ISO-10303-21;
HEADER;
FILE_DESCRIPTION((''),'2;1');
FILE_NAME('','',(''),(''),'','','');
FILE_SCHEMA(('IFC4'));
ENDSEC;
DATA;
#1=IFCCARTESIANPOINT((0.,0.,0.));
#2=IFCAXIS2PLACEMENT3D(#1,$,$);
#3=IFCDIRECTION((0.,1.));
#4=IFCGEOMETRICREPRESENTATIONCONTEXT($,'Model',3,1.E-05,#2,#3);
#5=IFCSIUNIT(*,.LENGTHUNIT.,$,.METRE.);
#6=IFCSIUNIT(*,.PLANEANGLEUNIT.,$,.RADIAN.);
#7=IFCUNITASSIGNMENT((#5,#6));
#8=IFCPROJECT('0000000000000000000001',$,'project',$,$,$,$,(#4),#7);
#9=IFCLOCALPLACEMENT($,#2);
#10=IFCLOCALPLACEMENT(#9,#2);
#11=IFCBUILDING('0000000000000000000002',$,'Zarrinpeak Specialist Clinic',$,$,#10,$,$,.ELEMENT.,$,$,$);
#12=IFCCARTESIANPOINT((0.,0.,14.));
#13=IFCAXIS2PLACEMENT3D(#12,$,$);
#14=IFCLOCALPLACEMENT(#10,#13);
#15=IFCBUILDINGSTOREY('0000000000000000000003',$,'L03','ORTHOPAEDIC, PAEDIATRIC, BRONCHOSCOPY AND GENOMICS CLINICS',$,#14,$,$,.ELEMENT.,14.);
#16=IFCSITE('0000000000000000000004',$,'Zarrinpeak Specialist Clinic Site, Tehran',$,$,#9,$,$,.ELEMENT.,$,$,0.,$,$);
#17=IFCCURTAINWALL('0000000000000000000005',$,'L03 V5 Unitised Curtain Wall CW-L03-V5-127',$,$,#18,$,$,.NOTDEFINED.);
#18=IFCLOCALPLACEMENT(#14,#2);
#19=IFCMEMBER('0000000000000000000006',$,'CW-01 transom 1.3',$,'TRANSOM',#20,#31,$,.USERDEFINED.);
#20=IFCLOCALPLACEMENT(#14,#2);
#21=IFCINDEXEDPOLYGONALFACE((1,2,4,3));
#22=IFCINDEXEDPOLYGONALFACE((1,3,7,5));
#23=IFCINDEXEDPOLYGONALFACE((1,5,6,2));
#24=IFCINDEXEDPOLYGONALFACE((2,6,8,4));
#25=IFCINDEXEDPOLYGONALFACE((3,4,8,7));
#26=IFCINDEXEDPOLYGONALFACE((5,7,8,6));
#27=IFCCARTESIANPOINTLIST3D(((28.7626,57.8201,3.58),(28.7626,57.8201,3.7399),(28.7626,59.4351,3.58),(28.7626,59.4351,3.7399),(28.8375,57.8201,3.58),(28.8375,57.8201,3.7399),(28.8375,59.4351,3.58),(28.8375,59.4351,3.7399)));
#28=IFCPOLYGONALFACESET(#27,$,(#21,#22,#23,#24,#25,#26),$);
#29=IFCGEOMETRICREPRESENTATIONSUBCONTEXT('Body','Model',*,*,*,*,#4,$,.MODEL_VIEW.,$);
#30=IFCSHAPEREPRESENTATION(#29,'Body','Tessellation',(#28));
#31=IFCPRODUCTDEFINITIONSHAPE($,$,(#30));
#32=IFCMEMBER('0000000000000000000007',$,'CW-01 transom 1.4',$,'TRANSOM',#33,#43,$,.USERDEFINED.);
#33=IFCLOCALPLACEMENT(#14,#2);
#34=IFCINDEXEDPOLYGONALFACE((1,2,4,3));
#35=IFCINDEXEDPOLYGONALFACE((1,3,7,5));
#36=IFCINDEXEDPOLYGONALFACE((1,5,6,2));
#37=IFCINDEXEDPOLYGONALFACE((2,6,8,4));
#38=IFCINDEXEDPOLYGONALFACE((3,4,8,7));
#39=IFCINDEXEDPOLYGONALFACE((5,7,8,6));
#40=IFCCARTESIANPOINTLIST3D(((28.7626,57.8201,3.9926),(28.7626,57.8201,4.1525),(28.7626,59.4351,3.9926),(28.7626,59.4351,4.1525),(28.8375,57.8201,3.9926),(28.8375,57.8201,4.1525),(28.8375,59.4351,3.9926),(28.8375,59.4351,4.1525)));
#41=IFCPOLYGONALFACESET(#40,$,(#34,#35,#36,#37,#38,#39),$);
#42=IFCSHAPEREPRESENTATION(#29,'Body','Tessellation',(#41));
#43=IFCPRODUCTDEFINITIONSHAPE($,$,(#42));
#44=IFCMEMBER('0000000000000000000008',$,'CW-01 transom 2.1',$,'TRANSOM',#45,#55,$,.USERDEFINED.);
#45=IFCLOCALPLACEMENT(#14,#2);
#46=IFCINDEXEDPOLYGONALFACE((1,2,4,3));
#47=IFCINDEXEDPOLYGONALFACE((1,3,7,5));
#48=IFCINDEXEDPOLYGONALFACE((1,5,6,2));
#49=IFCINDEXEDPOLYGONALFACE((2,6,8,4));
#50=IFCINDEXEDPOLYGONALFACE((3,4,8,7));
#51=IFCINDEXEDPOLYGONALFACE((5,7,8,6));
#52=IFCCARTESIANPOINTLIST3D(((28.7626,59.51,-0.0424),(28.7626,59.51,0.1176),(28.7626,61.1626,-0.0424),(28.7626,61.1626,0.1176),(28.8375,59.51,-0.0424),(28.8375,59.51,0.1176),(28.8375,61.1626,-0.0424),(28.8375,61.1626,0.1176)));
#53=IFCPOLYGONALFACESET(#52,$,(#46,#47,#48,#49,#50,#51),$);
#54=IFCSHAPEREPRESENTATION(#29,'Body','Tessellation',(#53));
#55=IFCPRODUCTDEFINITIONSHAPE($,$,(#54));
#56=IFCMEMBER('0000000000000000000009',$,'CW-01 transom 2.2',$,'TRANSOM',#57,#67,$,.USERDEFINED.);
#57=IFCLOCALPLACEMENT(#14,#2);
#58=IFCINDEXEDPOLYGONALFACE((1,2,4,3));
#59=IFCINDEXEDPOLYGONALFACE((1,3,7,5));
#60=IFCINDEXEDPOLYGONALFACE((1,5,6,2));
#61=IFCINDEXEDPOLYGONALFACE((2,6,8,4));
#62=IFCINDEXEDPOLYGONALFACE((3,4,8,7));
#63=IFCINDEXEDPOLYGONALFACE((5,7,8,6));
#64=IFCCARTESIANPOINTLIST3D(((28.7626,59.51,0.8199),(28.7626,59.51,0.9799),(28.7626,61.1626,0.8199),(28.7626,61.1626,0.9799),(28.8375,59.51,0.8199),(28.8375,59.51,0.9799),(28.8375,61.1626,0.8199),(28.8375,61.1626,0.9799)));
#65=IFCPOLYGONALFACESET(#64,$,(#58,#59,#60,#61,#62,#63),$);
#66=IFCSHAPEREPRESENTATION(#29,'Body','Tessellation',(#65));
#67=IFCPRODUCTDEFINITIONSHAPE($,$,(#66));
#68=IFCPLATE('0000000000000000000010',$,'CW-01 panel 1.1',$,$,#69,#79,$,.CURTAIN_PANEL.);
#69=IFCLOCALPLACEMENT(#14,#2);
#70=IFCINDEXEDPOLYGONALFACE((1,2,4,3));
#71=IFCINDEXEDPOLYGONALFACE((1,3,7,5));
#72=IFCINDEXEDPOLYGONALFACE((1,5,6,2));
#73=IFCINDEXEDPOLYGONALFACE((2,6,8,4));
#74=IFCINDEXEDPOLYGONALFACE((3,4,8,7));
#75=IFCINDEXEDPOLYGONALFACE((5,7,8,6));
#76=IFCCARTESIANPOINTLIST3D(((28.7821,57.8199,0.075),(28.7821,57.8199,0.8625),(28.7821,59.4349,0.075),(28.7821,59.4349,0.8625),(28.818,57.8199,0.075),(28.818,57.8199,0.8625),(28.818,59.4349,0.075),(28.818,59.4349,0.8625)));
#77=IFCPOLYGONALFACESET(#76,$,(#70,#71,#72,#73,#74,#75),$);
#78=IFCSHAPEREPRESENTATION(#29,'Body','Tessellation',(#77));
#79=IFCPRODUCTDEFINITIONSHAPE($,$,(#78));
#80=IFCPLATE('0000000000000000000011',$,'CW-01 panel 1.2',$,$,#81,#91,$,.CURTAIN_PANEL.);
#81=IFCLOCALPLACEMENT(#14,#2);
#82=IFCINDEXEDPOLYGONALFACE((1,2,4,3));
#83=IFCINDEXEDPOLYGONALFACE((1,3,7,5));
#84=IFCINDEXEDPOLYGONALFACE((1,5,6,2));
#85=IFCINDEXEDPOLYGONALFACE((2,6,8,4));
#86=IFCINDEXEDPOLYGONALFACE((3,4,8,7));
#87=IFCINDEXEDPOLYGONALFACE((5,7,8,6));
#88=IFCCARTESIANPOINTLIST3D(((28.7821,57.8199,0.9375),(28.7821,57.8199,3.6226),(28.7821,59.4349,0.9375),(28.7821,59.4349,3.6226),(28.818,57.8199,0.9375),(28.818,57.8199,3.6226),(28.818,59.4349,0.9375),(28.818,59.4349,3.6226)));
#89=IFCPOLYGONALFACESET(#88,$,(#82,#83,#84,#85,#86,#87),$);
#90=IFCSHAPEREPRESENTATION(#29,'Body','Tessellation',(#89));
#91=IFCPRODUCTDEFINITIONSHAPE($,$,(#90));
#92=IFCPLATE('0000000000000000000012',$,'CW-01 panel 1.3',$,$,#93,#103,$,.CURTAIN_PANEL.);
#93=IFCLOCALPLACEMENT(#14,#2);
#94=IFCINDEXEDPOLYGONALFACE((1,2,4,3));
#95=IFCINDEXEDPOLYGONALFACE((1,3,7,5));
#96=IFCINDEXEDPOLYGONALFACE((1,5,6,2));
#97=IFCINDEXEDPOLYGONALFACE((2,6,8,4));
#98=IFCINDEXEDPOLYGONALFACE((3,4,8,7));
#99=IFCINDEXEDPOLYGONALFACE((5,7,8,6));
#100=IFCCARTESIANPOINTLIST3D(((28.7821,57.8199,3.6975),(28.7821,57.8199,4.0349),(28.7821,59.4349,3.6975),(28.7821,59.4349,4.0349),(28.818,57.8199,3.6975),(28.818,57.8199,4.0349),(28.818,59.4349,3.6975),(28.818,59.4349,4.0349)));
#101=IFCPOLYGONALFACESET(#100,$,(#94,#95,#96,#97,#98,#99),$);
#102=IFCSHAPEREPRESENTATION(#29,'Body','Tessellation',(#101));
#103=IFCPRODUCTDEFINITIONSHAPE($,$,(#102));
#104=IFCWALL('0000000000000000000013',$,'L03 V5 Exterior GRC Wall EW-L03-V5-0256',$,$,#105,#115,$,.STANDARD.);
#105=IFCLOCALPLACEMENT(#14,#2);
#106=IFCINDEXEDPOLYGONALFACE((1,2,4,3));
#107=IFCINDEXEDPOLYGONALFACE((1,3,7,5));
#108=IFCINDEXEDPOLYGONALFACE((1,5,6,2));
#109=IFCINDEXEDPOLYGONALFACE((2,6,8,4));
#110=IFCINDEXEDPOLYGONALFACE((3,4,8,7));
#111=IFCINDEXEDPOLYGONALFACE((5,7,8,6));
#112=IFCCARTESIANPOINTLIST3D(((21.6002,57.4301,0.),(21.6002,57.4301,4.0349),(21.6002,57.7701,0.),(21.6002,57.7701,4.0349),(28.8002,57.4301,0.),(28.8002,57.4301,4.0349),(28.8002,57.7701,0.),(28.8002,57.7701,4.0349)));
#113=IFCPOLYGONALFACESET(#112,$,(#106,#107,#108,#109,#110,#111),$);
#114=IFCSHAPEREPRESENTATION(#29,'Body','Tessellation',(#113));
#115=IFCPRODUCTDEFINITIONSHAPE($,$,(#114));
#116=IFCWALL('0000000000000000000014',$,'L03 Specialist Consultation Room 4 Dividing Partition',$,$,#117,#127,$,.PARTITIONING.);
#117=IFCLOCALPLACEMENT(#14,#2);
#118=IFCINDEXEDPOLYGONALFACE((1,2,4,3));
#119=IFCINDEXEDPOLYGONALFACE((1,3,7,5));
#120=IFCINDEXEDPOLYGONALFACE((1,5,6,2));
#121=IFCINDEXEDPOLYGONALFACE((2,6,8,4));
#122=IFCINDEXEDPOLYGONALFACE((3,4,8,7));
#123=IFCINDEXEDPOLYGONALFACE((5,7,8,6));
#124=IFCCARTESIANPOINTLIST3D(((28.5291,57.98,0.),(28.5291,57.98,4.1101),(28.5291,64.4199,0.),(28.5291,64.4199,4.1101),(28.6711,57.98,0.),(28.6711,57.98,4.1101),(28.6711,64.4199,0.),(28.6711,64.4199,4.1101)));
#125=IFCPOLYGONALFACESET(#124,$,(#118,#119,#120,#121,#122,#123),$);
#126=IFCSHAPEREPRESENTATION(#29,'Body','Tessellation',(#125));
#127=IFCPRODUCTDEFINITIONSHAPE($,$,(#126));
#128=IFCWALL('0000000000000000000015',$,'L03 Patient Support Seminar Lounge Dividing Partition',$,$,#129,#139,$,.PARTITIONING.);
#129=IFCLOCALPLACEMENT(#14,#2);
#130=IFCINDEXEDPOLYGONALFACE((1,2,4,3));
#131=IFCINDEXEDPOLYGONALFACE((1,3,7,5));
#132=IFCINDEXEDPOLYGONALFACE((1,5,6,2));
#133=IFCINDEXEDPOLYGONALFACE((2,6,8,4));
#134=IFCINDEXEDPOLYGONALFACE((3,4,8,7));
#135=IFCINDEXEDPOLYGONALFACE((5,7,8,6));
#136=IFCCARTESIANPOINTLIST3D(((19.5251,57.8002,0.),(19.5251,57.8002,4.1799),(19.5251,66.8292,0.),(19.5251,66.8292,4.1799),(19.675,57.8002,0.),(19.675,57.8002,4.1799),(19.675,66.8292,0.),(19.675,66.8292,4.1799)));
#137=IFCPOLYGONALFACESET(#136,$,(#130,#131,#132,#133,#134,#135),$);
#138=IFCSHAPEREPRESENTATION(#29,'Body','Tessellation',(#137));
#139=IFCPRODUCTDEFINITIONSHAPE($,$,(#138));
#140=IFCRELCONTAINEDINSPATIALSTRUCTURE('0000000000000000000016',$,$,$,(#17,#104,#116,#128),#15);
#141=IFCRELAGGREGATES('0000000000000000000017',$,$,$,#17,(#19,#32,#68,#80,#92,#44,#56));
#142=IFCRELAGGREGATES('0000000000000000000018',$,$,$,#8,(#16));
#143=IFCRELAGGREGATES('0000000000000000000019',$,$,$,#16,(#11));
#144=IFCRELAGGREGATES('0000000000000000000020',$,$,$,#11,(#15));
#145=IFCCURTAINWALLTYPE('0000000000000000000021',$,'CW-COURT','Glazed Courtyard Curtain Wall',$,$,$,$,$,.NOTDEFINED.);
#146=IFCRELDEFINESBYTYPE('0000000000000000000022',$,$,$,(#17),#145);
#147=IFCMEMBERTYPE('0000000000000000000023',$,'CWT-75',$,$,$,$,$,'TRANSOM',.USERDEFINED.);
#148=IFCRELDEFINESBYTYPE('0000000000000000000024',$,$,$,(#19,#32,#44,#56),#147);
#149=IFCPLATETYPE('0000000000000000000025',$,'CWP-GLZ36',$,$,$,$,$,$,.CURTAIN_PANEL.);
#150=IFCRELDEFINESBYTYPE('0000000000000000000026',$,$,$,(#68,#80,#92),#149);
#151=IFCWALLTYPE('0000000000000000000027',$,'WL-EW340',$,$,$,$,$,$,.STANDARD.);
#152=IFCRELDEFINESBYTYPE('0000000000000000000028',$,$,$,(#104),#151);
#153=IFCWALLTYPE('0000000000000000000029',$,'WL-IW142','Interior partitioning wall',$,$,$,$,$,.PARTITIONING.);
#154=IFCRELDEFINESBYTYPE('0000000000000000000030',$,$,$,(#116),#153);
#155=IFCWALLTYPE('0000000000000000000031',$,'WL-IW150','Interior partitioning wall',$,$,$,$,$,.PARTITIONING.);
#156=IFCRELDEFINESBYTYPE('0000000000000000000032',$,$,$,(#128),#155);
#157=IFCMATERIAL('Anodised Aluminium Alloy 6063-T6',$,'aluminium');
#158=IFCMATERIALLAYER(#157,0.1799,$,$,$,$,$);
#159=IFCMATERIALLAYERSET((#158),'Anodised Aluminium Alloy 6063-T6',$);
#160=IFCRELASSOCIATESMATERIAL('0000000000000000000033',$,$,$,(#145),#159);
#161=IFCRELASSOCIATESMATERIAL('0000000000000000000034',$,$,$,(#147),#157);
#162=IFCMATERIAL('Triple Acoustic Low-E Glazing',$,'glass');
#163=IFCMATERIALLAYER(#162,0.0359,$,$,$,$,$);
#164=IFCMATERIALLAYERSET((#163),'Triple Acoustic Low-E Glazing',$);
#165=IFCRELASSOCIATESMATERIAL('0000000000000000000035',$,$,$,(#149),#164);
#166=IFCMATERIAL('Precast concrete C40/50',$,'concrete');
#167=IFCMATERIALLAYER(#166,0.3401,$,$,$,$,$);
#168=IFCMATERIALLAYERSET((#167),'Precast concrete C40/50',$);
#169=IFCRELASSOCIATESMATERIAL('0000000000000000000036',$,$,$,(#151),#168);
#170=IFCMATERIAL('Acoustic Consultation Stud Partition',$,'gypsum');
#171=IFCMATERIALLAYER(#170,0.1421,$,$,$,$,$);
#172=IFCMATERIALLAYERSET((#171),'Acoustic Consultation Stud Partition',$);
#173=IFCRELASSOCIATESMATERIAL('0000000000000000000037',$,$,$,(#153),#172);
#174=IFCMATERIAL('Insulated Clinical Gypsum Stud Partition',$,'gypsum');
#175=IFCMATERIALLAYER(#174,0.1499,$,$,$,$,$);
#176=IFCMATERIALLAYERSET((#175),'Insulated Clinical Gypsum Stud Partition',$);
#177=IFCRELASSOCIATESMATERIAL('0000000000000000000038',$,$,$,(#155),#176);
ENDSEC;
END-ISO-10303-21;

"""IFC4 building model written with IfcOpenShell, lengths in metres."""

from ifc_helpers import new_model, si_unit, direction, frame, frame_2d, origin, origin_2d, place, context, subcontext, project, spatial, rectangle, extrude, material, layer, layer_set, material_profile, profile_set, type_object, element, aggregate, save


model = new_model("IFC4")

# Units and contexts
model_context = context("Model", 3, precision=1e-05, world=origin(), true_north=direction((0.0, 1.0)))
body_context = subcontext(model_context, "Body", "Model", "MODEL_VIEW")
ifc_project = project(units=[si_unit("LENGTHUNIT", "METRE"), si_unit("PLANEANGLEUNIT", "RADIAN")], contexts=[model_context])

# Site, building, storey
site_placement = place(None, origin())
site = spatial("IfcSite", under=ifc_project, at=site_placement, Name="Zarrinpeak Specialist Clinic Site, Tehran", CompositionType="ELEMENT", RefElevation=0.0)
building_placement = place(site_placement, origin())
building = spatial("IfcBuilding", under=site, at=building_placement, Name="Zarrinpeak Specialist Clinic", CompositionType="ELEMENT")
storey_placement = place(building_placement, frame((0.0, 0.0, 14.0)))
storey = spatial("IfcBuildingStorey", under=building, at=storey_placement, Name="L03", Description="ORTHOPAEDIC, PAEDIATRIC, BRONCHOSCOPY AND GENOMICS CLINICS", CompositionType="ELEMENT", Elevation=14.0)

# Curtain wall, members, plates
ifc_material_1 = material(Name="Anodised Aluminium Alloy 6063-T6", Category="aluminium")
ifc_layer_1 = layer(ifc_material_1, 0.1799)
ifc_layer_set_1 = layer_set([ifc_layer_1], Name="Anodised Aluminium Alloy 6063-T6")
curtain_wall_type = type_object("IfcCurtainWallType", Name="CW-COURT", Description="Glazed Courtyard Curtain Wall", PredefinedType="NOTDEFINED", material=ifc_layer_set_1)
curtain_wall_placement = place(storey_placement, origin())
curtain_wall = element("IfcCurtainWall", 1, at=curtain_wall_placement, inside=storey, type_object=curtain_wall_type, Name="L03 V5 Unitised Curtain Wall CW-L03-V5-127", PredefinedType="NOTDEFINED")
ifc_material_profile_1 = material_profile(ifc_material_1, rectangle(XDim=0.075, YDim=0.1599, at=origin_2d()), Name="ALU 75x160")
ifc_profile_set_1 = profile_set([ifc_material_profile_1], Name="Anodised Aluminium Alloy 6063-T6")
member_type_1 = type_object("IfcMemberType", Name="CWT-75", ElementType="TRANSOM", PredefinedType="USERDEFINED", material=ifc_profile_set_1)
member_1_placement = place(storey_placement, frame((28.8, 57.8201, 3.6599), z_axis=(0.0, 1.0, 0.0), x_axis=(-1.0, 0.0, 0.0)))
member_1 = element("IfcMember", 2, at=member_1_placement, type_object=member_type_1, Name="CW-01 transom 1.3", ObjectType="TRANSOM", PredefinedType="USERDEFINED", context=body_context, shape_type="SweptSolid", body=[
    extrude(rectangle(XDim=0.075, YDim=0.1599, at=origin_2d()), origin(), (0.0, 0.0, 1.0), 1.615),
])
member_2_placement = place(storey_placement, frame((28.8, 57.8201, 4.0725), z_axis=(0.0, 1.0, 0.0), x_axis=(-1.0, 0.0, 0.0)))
member_2 = element("IfcMember", 3, at=member_2_placement, type_object=member_type_1, Name="CW-01 transom 1.4", ObjectType="TRANSOM", PredefinedType="USERDEFINED", context=body_context, shape_type="SweptSolid", body=[
    extrude(rectangle(XDim=0.075, YDim=0.1599, at=origin_2d()), origin(), (0.0, 0.0, 1.0), 1.615),
])
member_3_placement = place(storey_placement, frame((28.8, 59.51, 0.0376), z_axis=(0.0, 1.0, 0.0), x_axis=(-1.0, 0.0, 0.0)))
member_3 = element("IfcMember", 4, at=member_3_placement, type_object=member_type_1, Name="CW-01 transom 2.1", ObjectType="TRANSOM", PredefinedType="USERDEFINED", context=body_context, shape_type="SweptSolid", body=[
    extrude(rectangle(XDim=0.075, YDim=0.1599, at=origin_2d()), origin(), (0.0, 0.0, 1.0), 1.6526),
])
member_4_placement = place(storey_placement, frame((28.8, 59.51, 0.8999), z_axis=(0.0, 1.0, 0.0), x_axis=(-1.0, 0.0, 0.0)))
member_4 = element("IfcMember", 5, at=member_4_placement, type_object=member_type_1, Name="CW-01 transom 2.2", ObjectType="TRANSOM", PredefinedType="USERDEFINED", context=body_context, shape_type="SweptSolid", body=[
    extrude(rectangle(XDim=0.075, YDim=0.1599, at=origin_2d()), origin(), (0.0, 0.0, 1.0), 1.6526),
])
ifc_material_2 = material(Name="Triple Acoustic Low-E Glazing", Category="glass")
ifc_layer_2 = layer(ifc_material_2, 0.0359)
ifc_layer_set_2 = layer_set([ifc_layer_2], Name="Triple Acoustic Low-E Glazing")
plate_type = type_object("IfcPlateType", Name="CWP-GLZ36", PredefinedType="CURTAIN_PANEL", material=ifc_layer_set_2)
plate_1_placement = place(storey_placement, frame((28.8, 58.6274, 0.075), z_axis=(0.0, 0.0, 1.0), x_axis=(0.0, 1.0, 0.0)))
plate_1 = element("IfcPlate", 6, at=plate_1_placement, type_object=plate_type, Name="CW-01 panel 1.1", PredefinedType="CURTAIN_PANEL", context=body_context, shape_type="SweptSolid", body=[
    extrude(rectangle(XDim=1.615, YDim=0.0359, at=origin_2d()), origin(), (0.0, 0.0, 1.0), 0.7876),
])
plate_2_placement = place(storey_placement, frame((28.8, 58.6274, 0.9375), z_axis=(0.0, 0.0, 1.0), x_axis=(0.0, 1.0, 0.0)))
plate_2 = element("IfcPlate", 7, at=plate_2_placement, type_object=plate_type, Name="CW-01 panel 1.2", PredefinedType="CURTAIN_PANEL", context=body_context, shape_type="SweptSolid", body=[
    extrude(rectangle(XDim=1.615, YDim=0.0359, at=origin_2d()), origin(), (0.0, 0.0, 1.0), 2.6851),
])
plate_3_placement = place(storey_placement, frame((28.8, 58.6274, 3.6975), z_axis=(0.0, 0.0, 1.0), x_axis=(0.0, 1.0, 0.0)))
plate_3 = element("IfcPlate", 8, at=plate_3_placement, type_object=plate_type, Name="CW-01 panel 1.3", PredefinedType="CURTAIN_PANEL", context=body_context, shape_type="SweptSolid", body=[
    extrude(rectangle(XDim=1.615, YDim=0.0359, at=origin_2d()), origin(), (0.0, 0.0, 1.0), 0.3374),
])
aggregate(curtain_wall, [member_1, member_2, plate_1, plate_2, plate_3, member_3, member_4])

# Walls
ifc_material_3 = material(Name="Precast concrete C40/50", Category="concrete")
ifc_layer_3 = layer(ifc_material_3, 0.3401)
ifc_layer_set_3 = layer_set([ifc_layer_3], Name="Precast concrete C40/50")
wall_type_1 = type_object("IfcWallType", Name="WL-EW340", PredefinedType="STANDARD", material=ifc_layer_set_3)
wall_1_placement = place(storey_placement, frame((21.6001, 57.6001, 0.0), z_axis=(0.0, 0.0, 1.0), x_axis=(1.0, 0.0, 0.0)))
element("IfcWall", 9, at=wall_1_placement, inside=storey, type_object=wall_type_1, Name="L03 V5 Exterior GRC Wall EW-L03-V5-0256", PredefinedType="STANDARD", context=body_context, shape_type="SweptSolid", body=[
    extrude(rectangle(XDim=7.2, YDim=0.3401, at=frame_2d((3.6001, 0.0))), origin(), (0.0, 0.0, 1.0), 4.0349),
])
ifc_material_4 = material(Name="Acoustic Consultation Stud Partition", Category="gypsum")
ifc_layer_4 = layer(ifc_material_4, 0.1421)
ifc_layer_set_4 = layer_set([ifc_layer_4], Name="Acoustic Consultation Stud Partition")
wall_type_2 = type_object("IfcWallType", Name="WL-IW142", Description="Interior partitioning wall", PredefinedType="PARTITIONING", material=ifc_layer_set_4)
wall_2_placement = place(storey_placement, frame((28.6001, 57.98, 0.0), z_axis=(0.0, 0.0, 1.0), x_axis=(0.0, 1.0, 0.0)))
element("IfcWall", 10, at=wall_2_placement, inside=storey, type_object=wall_type_2, Name="L03 Specialist Consultation Room 4 Dividing Partition", PredefinedType="PARTITIONING", context=body_context, shape_type="SweptSolid", body=[
    extrude(rectangle(XDim=6.4399, YDim=0.1421, at=frame_2d((3.22, 0.0))), origin(), (0.0, 0.0, 1.0), 4.1101),
])
ifc_material_5 = material(Name="Insulated Clinical Gypsum Stud Partition", Category="gypsum")
ifc_layer_5 = layer(ifc_material_5, 0.1499)
ifc_layer_set_5 = layer_set([ifc_layer_5], Name="Insulated Clinical Gypsum Stud Partition")
wall_type_3 = type_object("IfcWallType", Name="WL-IW150", Description="Interior partitioning wall", PredefinedType="PARTITIONING", material=ifc_layer_set_5)
wall_3_placement = place(storey_placement, frame((19.6001, 57.8, 0.0), z_axis=(0.0, 0.0, 1.0), x_axis=(0.0, 1.0, 0.0)))
element("IfcWall", 11, at=wall_3_placement, inside=storey, type_object=wall_type_3, Name="L03 Patient Support Seminar Lounge Dividing Partition", PredefinedType="PARTITIONING", context=body_context, shape_type="SweptSolid", body=[
    extrude(rectangle(XDim=9.0291, YDim=0.1499, at=frame_2d((4.5146, 0.0))), origin(), (0.0, 0.0, 1.0), 4.1799),
])

save(model, "model.ifc")
